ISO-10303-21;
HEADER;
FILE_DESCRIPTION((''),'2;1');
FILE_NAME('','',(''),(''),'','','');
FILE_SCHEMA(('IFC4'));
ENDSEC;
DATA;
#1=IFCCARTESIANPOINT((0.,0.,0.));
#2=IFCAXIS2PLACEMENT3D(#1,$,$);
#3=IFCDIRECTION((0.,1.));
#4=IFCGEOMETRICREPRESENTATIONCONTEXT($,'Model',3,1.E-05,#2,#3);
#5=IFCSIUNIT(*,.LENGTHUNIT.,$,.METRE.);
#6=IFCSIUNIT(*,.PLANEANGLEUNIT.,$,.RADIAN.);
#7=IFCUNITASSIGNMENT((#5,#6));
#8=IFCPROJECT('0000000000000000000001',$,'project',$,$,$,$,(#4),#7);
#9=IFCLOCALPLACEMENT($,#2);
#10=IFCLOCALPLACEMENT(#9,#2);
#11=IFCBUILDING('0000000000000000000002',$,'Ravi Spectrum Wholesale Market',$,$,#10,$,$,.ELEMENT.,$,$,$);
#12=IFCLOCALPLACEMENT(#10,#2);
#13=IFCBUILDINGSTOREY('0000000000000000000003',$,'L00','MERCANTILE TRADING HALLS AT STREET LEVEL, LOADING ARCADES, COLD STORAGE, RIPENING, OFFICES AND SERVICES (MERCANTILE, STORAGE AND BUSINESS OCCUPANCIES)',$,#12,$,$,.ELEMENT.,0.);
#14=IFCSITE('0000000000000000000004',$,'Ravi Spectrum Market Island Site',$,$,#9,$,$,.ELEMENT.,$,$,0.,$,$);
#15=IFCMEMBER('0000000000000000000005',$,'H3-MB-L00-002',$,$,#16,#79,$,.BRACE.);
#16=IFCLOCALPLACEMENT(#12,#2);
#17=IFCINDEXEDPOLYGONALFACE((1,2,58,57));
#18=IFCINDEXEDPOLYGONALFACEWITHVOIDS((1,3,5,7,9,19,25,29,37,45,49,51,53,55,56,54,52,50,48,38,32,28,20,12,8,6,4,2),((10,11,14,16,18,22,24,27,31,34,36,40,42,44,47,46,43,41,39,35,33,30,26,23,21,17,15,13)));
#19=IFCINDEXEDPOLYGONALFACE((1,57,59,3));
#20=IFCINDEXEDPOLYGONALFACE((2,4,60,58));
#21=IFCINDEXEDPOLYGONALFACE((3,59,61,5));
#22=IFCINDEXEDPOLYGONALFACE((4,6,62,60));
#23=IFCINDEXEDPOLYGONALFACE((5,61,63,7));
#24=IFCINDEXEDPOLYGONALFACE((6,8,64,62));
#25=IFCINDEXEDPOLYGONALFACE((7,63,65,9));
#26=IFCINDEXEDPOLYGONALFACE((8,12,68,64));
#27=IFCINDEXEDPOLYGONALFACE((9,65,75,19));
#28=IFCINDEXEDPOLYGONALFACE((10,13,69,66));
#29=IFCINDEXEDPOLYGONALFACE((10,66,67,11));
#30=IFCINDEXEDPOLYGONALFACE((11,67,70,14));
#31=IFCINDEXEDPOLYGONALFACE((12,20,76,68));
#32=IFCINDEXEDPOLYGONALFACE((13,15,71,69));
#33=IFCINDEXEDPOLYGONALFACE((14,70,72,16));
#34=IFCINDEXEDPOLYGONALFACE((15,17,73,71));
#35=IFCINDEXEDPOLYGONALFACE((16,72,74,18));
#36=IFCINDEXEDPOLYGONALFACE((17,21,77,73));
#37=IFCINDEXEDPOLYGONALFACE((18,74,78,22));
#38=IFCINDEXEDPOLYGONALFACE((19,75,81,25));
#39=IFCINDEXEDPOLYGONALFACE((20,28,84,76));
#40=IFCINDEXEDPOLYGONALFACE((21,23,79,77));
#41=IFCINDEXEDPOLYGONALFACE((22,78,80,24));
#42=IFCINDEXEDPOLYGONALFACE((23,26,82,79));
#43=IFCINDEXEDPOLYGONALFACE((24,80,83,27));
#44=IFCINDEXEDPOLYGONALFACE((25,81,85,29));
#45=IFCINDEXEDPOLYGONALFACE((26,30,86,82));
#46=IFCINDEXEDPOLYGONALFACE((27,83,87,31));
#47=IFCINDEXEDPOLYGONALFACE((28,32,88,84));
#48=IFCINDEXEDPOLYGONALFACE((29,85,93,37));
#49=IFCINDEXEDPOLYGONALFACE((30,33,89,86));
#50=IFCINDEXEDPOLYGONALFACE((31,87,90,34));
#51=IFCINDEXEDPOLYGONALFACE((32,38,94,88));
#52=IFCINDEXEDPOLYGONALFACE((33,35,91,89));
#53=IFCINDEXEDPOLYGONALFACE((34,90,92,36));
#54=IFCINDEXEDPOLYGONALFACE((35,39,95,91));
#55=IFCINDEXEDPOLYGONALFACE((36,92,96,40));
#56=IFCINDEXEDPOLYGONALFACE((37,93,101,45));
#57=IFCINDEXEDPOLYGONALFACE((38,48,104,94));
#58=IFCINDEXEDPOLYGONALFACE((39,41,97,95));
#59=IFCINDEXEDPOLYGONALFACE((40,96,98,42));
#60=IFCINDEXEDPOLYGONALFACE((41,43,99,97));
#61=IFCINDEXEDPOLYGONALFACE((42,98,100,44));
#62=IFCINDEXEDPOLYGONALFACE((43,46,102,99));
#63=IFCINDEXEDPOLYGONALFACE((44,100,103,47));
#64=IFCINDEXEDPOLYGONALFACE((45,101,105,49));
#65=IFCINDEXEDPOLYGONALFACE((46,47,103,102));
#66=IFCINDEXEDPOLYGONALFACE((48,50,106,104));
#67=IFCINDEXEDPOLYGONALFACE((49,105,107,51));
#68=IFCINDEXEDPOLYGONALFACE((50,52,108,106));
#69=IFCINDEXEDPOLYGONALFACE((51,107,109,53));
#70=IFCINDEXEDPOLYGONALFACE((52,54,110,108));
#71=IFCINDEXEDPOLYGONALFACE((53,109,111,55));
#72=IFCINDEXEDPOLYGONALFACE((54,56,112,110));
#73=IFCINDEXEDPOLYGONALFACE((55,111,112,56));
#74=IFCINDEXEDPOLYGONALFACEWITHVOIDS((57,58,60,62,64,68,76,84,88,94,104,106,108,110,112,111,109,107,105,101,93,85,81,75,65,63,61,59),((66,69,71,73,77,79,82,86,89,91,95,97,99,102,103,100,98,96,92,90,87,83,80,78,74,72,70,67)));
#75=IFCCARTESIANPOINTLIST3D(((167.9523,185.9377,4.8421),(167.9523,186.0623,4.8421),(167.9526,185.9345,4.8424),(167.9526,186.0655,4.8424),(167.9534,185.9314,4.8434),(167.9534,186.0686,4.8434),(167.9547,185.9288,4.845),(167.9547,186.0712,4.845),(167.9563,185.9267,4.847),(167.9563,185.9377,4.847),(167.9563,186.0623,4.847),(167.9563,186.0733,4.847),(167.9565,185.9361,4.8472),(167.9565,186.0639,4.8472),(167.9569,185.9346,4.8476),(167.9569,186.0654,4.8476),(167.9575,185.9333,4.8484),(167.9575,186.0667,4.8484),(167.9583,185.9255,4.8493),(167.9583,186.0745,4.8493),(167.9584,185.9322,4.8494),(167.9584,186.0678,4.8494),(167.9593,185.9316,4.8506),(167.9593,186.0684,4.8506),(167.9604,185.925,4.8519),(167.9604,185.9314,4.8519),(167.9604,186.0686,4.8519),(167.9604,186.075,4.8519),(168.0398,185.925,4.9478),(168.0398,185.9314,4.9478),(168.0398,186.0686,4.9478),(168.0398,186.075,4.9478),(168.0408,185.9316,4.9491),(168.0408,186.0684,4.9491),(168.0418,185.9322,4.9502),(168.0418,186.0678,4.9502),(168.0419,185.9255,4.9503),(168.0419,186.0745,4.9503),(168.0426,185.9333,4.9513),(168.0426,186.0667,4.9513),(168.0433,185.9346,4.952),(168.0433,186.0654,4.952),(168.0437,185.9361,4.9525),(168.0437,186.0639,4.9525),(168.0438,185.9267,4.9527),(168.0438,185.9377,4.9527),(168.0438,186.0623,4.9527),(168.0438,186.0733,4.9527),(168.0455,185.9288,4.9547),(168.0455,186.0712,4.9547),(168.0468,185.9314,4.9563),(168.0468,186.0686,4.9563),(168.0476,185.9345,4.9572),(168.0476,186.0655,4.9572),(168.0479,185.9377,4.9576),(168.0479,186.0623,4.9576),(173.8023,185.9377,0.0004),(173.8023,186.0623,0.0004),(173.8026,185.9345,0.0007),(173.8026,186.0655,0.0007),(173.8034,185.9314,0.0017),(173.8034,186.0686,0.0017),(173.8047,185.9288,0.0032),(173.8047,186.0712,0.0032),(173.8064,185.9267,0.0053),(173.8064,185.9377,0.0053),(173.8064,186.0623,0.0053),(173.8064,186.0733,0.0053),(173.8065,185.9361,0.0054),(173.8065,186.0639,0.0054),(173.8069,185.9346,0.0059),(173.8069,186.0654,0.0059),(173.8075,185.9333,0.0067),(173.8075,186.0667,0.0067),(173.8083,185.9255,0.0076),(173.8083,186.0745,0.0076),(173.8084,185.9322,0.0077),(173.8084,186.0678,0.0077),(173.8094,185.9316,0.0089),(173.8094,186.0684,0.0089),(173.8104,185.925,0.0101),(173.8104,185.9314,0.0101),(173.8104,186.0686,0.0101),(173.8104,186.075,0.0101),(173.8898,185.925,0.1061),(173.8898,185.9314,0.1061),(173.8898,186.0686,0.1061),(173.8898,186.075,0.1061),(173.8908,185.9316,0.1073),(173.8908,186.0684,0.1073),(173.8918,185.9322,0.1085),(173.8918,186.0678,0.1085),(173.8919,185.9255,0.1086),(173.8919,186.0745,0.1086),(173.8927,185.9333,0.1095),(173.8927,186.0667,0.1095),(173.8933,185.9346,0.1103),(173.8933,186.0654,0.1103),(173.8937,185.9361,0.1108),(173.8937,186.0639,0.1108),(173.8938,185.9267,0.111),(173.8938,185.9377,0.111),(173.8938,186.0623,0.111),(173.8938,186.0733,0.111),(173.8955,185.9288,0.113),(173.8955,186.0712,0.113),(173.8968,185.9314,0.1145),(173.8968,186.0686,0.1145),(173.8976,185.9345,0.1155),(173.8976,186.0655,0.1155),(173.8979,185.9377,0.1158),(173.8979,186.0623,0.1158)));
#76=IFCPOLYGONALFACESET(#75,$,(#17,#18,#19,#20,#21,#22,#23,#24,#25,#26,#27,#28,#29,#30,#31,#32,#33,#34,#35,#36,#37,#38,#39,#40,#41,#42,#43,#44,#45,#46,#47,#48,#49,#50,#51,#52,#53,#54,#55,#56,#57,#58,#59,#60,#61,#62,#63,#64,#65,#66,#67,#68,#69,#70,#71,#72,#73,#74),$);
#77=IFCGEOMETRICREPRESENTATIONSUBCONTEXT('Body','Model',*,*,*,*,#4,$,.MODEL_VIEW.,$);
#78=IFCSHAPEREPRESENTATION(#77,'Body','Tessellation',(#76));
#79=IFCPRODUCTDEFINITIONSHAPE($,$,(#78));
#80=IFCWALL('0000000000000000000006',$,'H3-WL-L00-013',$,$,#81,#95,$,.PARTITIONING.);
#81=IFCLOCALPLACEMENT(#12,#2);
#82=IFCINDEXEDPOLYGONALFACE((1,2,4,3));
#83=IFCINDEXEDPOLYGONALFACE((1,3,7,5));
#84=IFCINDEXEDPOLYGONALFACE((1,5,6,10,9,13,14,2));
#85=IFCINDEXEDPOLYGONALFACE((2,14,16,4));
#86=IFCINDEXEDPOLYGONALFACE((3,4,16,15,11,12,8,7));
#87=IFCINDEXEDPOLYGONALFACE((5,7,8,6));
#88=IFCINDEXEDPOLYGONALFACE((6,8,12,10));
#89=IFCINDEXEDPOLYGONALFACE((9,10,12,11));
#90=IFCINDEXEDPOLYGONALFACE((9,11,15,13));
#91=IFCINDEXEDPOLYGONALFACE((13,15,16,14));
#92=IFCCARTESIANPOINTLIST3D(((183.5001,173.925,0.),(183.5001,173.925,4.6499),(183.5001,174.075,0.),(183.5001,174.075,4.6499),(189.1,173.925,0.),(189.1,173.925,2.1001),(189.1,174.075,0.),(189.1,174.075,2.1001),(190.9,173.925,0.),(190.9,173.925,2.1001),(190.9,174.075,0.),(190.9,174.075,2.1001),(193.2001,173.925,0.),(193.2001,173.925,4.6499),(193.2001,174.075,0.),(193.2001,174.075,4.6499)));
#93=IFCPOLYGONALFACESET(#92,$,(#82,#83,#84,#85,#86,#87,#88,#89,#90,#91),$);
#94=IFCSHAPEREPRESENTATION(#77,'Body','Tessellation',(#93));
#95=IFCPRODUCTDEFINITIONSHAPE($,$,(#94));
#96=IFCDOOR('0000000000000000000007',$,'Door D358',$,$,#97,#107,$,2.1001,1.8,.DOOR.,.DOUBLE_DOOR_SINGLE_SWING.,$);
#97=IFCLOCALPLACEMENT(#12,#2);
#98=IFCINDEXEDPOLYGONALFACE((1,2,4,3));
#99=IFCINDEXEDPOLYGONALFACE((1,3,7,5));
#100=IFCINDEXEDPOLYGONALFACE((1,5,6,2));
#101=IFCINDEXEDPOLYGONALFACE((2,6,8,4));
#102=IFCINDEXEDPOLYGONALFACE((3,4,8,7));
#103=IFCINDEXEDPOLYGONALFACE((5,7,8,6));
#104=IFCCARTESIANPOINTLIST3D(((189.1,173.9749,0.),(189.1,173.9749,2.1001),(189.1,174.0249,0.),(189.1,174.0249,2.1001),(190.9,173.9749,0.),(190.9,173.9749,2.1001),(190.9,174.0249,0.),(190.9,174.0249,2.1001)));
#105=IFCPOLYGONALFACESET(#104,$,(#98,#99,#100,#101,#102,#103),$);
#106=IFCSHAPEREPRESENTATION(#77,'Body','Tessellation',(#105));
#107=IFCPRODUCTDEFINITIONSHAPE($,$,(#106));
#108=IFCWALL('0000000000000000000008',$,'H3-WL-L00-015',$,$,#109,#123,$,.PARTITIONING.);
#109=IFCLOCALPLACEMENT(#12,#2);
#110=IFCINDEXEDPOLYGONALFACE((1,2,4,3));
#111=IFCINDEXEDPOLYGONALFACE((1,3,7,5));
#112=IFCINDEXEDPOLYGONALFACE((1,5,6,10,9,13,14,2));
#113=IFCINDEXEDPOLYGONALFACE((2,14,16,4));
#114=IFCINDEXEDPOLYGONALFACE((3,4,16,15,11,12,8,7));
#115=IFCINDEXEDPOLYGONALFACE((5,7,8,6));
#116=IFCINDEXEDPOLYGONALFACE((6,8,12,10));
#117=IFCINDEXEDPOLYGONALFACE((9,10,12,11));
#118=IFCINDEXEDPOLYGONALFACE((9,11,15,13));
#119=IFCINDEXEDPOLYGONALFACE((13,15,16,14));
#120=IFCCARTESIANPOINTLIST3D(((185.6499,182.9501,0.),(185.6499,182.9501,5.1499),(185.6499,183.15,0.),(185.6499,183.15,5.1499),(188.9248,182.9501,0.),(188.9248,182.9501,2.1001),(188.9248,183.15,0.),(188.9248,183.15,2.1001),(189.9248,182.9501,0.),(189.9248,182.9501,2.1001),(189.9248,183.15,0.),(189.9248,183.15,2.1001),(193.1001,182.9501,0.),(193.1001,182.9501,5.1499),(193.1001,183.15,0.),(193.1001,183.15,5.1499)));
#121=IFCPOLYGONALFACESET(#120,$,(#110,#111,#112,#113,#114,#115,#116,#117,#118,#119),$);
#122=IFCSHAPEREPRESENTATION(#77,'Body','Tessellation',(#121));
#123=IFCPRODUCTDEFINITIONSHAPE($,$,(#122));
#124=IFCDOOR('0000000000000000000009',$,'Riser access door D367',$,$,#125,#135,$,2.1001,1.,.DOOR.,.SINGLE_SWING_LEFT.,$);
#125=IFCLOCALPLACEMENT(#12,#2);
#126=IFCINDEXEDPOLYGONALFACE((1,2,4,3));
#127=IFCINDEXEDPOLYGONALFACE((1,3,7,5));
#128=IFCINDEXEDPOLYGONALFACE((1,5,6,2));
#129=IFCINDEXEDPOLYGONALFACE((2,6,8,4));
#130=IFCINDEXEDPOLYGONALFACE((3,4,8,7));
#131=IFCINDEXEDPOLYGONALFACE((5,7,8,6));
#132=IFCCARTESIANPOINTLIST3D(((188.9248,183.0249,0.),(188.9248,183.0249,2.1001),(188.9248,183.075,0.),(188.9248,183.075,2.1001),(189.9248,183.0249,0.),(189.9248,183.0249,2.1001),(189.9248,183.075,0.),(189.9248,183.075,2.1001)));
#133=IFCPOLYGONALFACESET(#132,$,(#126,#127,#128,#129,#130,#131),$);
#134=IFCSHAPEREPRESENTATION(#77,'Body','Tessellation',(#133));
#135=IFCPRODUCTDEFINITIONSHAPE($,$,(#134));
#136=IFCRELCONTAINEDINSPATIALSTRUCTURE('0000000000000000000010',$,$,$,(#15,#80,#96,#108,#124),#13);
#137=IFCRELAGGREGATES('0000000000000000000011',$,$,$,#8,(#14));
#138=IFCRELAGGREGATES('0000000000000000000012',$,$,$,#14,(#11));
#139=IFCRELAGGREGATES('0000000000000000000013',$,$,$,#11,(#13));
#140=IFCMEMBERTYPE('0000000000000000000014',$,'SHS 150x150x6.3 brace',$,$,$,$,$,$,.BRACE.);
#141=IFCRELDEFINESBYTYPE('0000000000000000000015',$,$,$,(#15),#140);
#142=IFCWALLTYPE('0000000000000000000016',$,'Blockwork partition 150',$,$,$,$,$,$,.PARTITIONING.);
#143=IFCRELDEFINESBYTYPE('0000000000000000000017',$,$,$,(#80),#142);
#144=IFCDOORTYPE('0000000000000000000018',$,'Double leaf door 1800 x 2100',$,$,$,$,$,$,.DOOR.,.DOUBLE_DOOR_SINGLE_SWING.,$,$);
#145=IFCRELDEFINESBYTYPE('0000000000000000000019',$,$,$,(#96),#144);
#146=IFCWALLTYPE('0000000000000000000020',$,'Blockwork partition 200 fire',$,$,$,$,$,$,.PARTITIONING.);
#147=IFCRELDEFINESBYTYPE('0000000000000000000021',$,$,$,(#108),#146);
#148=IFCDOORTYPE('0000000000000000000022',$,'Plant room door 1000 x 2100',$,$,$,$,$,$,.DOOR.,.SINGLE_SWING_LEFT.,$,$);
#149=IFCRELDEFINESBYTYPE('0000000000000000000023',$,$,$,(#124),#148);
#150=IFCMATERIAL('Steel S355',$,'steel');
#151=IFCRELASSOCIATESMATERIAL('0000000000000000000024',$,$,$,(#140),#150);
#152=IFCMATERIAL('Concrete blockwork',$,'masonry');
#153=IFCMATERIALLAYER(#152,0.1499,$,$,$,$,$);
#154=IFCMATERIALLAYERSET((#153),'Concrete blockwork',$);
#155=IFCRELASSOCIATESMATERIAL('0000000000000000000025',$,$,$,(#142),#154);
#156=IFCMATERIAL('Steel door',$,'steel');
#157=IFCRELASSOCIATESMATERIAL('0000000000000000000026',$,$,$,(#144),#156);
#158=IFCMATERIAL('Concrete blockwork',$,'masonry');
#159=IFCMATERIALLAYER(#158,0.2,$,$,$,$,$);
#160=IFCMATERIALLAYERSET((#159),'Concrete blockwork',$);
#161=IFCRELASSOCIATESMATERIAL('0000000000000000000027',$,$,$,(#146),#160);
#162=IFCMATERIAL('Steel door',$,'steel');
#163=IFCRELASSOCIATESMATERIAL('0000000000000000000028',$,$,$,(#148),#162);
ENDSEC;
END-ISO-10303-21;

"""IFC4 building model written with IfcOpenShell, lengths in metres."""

from ifc_helpers import new_model, si_unit, direction, frame, frame_2d, origin, origin_2d, place, context, subcontext, project, spatial, rectangle, hollow_rectangle, extrude, material, layer, layer_set, material_profile, profile_set, type_object, element, fill, save


model = new_model("IFC4")

# Units and contexts
model_context = context("Model", 3, precision=1e-05, world=origin(), true_north=direction((0.0, 1.0)))
body_context = subcontext(model_context, "Body", "Model", "MODEL_VIEW")
ifc_project = project(units=[si_unit("LENGTHUNIT", "METRE"), si_unit("PLANEANGLEUNIT", "RADIAN")], contexts=[model_context])

# Site, building, storey
site_placement = place(None, origin())
site = spatial("IfcSite", under=ifc_project, at=site_placement, Name="Ravi Spectrum Market Island Site", CompositionType="ELEMENT", RefElevation=0.0)
building_placement = place(site_placement, origin())
building = spatial("IfcBuilding", under=site, at=building_placement, Name="Ravi Spectrum Wholesale Market", CompositionType="ELEMENT")
storey_placement = place(building_placement, origin())
storey = spatial("IfcBuildingStorey", under=building, at=storey_placement, Name="L00", Description="MERCANTILE TRADING HALLS AT STREET LEVEL, LOADING ARCADES, COLD STORAGE, RIPENING, OFFICES AND SERVICES (MERCANTILE, STORAGE AND BUSINESS OCCUPANCIES)", CompositionType="ELEMENT", Elevation=0.0)

# Member
ifc_material_1 = material(Name="Steel S355", Category="steel")
ifc_material_profile_1 = material_profile(ifc_material_1, hollow_rectangle(XDim=0.1499, YDim=0.1499, WallThickness=0.0063, InnerFilletRadius=0.0063, OuterFilletRadius=0.0127, at=origin_2d()))
ifc_profile_set_1 = profile_set([ifc_material_profile_1], Name="Steel S355")
member_type = type_object("IfcMemberType", Name="SHS 150x150x6.3 brace", PredefinedType="BRACE", material=ifc_profile_set_1)
for number, where, z_axis, x_axis, name in (
    (1, (173.8501, 186.0, 0.0581), (-0.770373, 0.0, 0.637594), (0.0, -1.0, 0.0), "H3-MB-L00-002"),
):
    element("IfcMember", number, at=place(storey_placement, frame(where, z_axis=z_axis, x_axis=x_axis)), inside=storey, type_object=member_type, Name=name, PredefinedType="BRACE", context=body_context, shape_type="SweptSolid", body=[
        extrude(hollow_rectangle(XDim=0.1499, YDim=0.1499, WallThickness=0.0063, InnerFilletRadius=0.0063, OuterFilletRadius=0.0127, at=origin_2d()), origin(), (0.0, 0.0, 1.0), 7.5938),
    ])

# Walls, openings, doors
ifc_material_2 = material(Name="Concrete blockwork", Category="masonry")
ifc_layer_1 = layer(ifc_material_2, 0.1499)
ifc_layer_set_1 = layer_set([ifc_layer_1], Name="Concrete blockwork")
wall_type_1 = type_object("IfcWallType", Name="Blockwork partition 150", PredefinedType="PARTITIONING", material=ifc_layer_set_1)
wall_1_placement = place(storey_placement, frame((183.5, 174.0, 0.0), z_axis=(0.0, 0.0, 1.0), x_axis=(1.0, 0.0, 0.0)))
wall_1 = element("IfcWall", 2, at=wall_1_placement, inside=storey, type_object=wall_type_1, Name="H3-WL-L00-013", PredefinedType="PARTITIONING", context=body_context, shape_type="SweptSolid", body=[
    extrude(rectangle(XDim=9.7, YDim=0.1499, at=frame_2d((4.8501, 0.0))), origin(), (0.0, 0.0, 1.0), 4.6499),
])
opening_1_placement = place(wall_1_placement, frame((5.6001, 0.0, 0.0)))
opening_1 = element("IfcOpeningElement", 3, at=opening_1_placement, cuts=wall_1, PredefinedType="OPENING", context=body_context, shape_type="SweptSolid", body=[
    extrude(rectangle(XDim=1.8, YDim=2.1001, at=frame_2d((0.8999, 1.05))), frame((0.0, 0.085, 0.0), z_axis=(0.0, -1.0, 0.0), x_axis=(1.0, 0.0, 0.0)), (0.0, 0.0, 1.0), 0.1699),
])
ifc_material_3 = material(Name="Steel door", Category="steel")
door_type_1 = type_object("IfcDoorType", Name="Double leaf door 1800 x 2100", OperationType="DOUBLE_DOOR_SINGLE_SWING", PredefinedType="DOOR", material=ifc_material_3)
door_1_placement = place(opening_1_placement, origin())
door_1 = element("IfcDoor", 4, at=door_1_placement, inside=storey, type_object=door_type_1, Name="Door D358", OperationType="DOUBLE_DOOR_SINGLE_SWING", OverallHeight=2.1001, OverallWidth=1.8, PredefinedType="DOOR", context=body_context, shape_type="SweptSolid", body=[
    extrude(rectangle(XDim=1.8, YDim=2.1001, at=frame_2d((0.8999, 1.05))), frame((0.0, 0.0249, 0.0), z_axis=(0.0, -1.0, 0.0), x_axis=(1.0, 0.0, 0.0)), (0.0, 0.0, 1.0), 0.05),
])
fill(opening_1, door_1)
ifc_material_4 = material(Name="Concrete blockwork", Category="masonry")
ifc_layer_2 = layer(ifc_material_4, 0.2)
ifc_layer_set_2 = layer_set([ifc_layer_2], Name="Concrete blockwork")
wall_type_2 = type_object("IfcWallType", Name="Blockwork partition 200 fire", PredefinedType="PARTITIONING", material=ifc_layer_set_2)
wall_2_placement = place(storey_placement, frame((185.6499, 183.05, 0.0), z_axis=(0.0, 0.0, 1.0), x_axis=(1.0, 0.0, 0.0)))
wall_2 = element("IfcWall", 5, at=wall_2_placement, inside=storey, type_object=wall_type_2, Name="H3-WL-L00-015", PredefinedType="PARTITIONING", context=body_context, shape_type="SweptSolid", body=[
    extrude(rectangle(XDim=7.4502, YDim=0.2, at=frame_2d((3.7251, 0.0))), origin(), (0.0, 0.0, 1.0), 5.1499),
])
opening_2_placement = place(wall_2_placement, frame((3.2749, 0.0, 0.0)))
opening_2 = element("IfcOpeningElement", 6, at=opening_2_placement, cuts=wall_2, PredefinedType="OPENING", context=body_context, shape_type="SweptSolid", body=[
    extrude(rectangle(XDim=1.0, YDim=2.1001, at=frame_2d((0.5, 1.05))), frame((0.0, 0.1099, 0.0), z_axis=(0.0, -1.0, 0.0), x_axis=(1.0, 0.0, 0.0)), (0.0, 0.0, 1.0), 0.22),
])
ifc_material_5 = material(Name="Steel door", Category="steel")
door_type_2 = type_object("IfcDoorType", Name="Plant room door 1000 x 2100", OperationType="SINGLE_SWING_LEFT", PredefinedType="DOOR", material=ifc_material_5)
door_2_placement = place(opening_2_placement, origin())
door_2 = element("IfcDoor", 7, at=door_2_placement, inside=storey, type_object=door_type_2, Name="Riser access door D367", OperationType="SINGLE_SWING_LEFT", OverallHeight=2.1001, OverallWidth=1.0, PredefinedType="DOOR", context=body_context, shape_type="SweptSolid", body=[
    extrude(rectangle(XDim=1.0, YDim=2.1001, at=frame_2d((0.5, 1.05))), frame((0.0, 0.0249, 0.0), z_axis=(0.0, -1.0, 0.0), x_axis=(1.0, 0.0, 0.0)), (0.0, 0.0, 1.0), 0.05),
])
fill(opening_2, door_2)

save(model, "model.ifc")
